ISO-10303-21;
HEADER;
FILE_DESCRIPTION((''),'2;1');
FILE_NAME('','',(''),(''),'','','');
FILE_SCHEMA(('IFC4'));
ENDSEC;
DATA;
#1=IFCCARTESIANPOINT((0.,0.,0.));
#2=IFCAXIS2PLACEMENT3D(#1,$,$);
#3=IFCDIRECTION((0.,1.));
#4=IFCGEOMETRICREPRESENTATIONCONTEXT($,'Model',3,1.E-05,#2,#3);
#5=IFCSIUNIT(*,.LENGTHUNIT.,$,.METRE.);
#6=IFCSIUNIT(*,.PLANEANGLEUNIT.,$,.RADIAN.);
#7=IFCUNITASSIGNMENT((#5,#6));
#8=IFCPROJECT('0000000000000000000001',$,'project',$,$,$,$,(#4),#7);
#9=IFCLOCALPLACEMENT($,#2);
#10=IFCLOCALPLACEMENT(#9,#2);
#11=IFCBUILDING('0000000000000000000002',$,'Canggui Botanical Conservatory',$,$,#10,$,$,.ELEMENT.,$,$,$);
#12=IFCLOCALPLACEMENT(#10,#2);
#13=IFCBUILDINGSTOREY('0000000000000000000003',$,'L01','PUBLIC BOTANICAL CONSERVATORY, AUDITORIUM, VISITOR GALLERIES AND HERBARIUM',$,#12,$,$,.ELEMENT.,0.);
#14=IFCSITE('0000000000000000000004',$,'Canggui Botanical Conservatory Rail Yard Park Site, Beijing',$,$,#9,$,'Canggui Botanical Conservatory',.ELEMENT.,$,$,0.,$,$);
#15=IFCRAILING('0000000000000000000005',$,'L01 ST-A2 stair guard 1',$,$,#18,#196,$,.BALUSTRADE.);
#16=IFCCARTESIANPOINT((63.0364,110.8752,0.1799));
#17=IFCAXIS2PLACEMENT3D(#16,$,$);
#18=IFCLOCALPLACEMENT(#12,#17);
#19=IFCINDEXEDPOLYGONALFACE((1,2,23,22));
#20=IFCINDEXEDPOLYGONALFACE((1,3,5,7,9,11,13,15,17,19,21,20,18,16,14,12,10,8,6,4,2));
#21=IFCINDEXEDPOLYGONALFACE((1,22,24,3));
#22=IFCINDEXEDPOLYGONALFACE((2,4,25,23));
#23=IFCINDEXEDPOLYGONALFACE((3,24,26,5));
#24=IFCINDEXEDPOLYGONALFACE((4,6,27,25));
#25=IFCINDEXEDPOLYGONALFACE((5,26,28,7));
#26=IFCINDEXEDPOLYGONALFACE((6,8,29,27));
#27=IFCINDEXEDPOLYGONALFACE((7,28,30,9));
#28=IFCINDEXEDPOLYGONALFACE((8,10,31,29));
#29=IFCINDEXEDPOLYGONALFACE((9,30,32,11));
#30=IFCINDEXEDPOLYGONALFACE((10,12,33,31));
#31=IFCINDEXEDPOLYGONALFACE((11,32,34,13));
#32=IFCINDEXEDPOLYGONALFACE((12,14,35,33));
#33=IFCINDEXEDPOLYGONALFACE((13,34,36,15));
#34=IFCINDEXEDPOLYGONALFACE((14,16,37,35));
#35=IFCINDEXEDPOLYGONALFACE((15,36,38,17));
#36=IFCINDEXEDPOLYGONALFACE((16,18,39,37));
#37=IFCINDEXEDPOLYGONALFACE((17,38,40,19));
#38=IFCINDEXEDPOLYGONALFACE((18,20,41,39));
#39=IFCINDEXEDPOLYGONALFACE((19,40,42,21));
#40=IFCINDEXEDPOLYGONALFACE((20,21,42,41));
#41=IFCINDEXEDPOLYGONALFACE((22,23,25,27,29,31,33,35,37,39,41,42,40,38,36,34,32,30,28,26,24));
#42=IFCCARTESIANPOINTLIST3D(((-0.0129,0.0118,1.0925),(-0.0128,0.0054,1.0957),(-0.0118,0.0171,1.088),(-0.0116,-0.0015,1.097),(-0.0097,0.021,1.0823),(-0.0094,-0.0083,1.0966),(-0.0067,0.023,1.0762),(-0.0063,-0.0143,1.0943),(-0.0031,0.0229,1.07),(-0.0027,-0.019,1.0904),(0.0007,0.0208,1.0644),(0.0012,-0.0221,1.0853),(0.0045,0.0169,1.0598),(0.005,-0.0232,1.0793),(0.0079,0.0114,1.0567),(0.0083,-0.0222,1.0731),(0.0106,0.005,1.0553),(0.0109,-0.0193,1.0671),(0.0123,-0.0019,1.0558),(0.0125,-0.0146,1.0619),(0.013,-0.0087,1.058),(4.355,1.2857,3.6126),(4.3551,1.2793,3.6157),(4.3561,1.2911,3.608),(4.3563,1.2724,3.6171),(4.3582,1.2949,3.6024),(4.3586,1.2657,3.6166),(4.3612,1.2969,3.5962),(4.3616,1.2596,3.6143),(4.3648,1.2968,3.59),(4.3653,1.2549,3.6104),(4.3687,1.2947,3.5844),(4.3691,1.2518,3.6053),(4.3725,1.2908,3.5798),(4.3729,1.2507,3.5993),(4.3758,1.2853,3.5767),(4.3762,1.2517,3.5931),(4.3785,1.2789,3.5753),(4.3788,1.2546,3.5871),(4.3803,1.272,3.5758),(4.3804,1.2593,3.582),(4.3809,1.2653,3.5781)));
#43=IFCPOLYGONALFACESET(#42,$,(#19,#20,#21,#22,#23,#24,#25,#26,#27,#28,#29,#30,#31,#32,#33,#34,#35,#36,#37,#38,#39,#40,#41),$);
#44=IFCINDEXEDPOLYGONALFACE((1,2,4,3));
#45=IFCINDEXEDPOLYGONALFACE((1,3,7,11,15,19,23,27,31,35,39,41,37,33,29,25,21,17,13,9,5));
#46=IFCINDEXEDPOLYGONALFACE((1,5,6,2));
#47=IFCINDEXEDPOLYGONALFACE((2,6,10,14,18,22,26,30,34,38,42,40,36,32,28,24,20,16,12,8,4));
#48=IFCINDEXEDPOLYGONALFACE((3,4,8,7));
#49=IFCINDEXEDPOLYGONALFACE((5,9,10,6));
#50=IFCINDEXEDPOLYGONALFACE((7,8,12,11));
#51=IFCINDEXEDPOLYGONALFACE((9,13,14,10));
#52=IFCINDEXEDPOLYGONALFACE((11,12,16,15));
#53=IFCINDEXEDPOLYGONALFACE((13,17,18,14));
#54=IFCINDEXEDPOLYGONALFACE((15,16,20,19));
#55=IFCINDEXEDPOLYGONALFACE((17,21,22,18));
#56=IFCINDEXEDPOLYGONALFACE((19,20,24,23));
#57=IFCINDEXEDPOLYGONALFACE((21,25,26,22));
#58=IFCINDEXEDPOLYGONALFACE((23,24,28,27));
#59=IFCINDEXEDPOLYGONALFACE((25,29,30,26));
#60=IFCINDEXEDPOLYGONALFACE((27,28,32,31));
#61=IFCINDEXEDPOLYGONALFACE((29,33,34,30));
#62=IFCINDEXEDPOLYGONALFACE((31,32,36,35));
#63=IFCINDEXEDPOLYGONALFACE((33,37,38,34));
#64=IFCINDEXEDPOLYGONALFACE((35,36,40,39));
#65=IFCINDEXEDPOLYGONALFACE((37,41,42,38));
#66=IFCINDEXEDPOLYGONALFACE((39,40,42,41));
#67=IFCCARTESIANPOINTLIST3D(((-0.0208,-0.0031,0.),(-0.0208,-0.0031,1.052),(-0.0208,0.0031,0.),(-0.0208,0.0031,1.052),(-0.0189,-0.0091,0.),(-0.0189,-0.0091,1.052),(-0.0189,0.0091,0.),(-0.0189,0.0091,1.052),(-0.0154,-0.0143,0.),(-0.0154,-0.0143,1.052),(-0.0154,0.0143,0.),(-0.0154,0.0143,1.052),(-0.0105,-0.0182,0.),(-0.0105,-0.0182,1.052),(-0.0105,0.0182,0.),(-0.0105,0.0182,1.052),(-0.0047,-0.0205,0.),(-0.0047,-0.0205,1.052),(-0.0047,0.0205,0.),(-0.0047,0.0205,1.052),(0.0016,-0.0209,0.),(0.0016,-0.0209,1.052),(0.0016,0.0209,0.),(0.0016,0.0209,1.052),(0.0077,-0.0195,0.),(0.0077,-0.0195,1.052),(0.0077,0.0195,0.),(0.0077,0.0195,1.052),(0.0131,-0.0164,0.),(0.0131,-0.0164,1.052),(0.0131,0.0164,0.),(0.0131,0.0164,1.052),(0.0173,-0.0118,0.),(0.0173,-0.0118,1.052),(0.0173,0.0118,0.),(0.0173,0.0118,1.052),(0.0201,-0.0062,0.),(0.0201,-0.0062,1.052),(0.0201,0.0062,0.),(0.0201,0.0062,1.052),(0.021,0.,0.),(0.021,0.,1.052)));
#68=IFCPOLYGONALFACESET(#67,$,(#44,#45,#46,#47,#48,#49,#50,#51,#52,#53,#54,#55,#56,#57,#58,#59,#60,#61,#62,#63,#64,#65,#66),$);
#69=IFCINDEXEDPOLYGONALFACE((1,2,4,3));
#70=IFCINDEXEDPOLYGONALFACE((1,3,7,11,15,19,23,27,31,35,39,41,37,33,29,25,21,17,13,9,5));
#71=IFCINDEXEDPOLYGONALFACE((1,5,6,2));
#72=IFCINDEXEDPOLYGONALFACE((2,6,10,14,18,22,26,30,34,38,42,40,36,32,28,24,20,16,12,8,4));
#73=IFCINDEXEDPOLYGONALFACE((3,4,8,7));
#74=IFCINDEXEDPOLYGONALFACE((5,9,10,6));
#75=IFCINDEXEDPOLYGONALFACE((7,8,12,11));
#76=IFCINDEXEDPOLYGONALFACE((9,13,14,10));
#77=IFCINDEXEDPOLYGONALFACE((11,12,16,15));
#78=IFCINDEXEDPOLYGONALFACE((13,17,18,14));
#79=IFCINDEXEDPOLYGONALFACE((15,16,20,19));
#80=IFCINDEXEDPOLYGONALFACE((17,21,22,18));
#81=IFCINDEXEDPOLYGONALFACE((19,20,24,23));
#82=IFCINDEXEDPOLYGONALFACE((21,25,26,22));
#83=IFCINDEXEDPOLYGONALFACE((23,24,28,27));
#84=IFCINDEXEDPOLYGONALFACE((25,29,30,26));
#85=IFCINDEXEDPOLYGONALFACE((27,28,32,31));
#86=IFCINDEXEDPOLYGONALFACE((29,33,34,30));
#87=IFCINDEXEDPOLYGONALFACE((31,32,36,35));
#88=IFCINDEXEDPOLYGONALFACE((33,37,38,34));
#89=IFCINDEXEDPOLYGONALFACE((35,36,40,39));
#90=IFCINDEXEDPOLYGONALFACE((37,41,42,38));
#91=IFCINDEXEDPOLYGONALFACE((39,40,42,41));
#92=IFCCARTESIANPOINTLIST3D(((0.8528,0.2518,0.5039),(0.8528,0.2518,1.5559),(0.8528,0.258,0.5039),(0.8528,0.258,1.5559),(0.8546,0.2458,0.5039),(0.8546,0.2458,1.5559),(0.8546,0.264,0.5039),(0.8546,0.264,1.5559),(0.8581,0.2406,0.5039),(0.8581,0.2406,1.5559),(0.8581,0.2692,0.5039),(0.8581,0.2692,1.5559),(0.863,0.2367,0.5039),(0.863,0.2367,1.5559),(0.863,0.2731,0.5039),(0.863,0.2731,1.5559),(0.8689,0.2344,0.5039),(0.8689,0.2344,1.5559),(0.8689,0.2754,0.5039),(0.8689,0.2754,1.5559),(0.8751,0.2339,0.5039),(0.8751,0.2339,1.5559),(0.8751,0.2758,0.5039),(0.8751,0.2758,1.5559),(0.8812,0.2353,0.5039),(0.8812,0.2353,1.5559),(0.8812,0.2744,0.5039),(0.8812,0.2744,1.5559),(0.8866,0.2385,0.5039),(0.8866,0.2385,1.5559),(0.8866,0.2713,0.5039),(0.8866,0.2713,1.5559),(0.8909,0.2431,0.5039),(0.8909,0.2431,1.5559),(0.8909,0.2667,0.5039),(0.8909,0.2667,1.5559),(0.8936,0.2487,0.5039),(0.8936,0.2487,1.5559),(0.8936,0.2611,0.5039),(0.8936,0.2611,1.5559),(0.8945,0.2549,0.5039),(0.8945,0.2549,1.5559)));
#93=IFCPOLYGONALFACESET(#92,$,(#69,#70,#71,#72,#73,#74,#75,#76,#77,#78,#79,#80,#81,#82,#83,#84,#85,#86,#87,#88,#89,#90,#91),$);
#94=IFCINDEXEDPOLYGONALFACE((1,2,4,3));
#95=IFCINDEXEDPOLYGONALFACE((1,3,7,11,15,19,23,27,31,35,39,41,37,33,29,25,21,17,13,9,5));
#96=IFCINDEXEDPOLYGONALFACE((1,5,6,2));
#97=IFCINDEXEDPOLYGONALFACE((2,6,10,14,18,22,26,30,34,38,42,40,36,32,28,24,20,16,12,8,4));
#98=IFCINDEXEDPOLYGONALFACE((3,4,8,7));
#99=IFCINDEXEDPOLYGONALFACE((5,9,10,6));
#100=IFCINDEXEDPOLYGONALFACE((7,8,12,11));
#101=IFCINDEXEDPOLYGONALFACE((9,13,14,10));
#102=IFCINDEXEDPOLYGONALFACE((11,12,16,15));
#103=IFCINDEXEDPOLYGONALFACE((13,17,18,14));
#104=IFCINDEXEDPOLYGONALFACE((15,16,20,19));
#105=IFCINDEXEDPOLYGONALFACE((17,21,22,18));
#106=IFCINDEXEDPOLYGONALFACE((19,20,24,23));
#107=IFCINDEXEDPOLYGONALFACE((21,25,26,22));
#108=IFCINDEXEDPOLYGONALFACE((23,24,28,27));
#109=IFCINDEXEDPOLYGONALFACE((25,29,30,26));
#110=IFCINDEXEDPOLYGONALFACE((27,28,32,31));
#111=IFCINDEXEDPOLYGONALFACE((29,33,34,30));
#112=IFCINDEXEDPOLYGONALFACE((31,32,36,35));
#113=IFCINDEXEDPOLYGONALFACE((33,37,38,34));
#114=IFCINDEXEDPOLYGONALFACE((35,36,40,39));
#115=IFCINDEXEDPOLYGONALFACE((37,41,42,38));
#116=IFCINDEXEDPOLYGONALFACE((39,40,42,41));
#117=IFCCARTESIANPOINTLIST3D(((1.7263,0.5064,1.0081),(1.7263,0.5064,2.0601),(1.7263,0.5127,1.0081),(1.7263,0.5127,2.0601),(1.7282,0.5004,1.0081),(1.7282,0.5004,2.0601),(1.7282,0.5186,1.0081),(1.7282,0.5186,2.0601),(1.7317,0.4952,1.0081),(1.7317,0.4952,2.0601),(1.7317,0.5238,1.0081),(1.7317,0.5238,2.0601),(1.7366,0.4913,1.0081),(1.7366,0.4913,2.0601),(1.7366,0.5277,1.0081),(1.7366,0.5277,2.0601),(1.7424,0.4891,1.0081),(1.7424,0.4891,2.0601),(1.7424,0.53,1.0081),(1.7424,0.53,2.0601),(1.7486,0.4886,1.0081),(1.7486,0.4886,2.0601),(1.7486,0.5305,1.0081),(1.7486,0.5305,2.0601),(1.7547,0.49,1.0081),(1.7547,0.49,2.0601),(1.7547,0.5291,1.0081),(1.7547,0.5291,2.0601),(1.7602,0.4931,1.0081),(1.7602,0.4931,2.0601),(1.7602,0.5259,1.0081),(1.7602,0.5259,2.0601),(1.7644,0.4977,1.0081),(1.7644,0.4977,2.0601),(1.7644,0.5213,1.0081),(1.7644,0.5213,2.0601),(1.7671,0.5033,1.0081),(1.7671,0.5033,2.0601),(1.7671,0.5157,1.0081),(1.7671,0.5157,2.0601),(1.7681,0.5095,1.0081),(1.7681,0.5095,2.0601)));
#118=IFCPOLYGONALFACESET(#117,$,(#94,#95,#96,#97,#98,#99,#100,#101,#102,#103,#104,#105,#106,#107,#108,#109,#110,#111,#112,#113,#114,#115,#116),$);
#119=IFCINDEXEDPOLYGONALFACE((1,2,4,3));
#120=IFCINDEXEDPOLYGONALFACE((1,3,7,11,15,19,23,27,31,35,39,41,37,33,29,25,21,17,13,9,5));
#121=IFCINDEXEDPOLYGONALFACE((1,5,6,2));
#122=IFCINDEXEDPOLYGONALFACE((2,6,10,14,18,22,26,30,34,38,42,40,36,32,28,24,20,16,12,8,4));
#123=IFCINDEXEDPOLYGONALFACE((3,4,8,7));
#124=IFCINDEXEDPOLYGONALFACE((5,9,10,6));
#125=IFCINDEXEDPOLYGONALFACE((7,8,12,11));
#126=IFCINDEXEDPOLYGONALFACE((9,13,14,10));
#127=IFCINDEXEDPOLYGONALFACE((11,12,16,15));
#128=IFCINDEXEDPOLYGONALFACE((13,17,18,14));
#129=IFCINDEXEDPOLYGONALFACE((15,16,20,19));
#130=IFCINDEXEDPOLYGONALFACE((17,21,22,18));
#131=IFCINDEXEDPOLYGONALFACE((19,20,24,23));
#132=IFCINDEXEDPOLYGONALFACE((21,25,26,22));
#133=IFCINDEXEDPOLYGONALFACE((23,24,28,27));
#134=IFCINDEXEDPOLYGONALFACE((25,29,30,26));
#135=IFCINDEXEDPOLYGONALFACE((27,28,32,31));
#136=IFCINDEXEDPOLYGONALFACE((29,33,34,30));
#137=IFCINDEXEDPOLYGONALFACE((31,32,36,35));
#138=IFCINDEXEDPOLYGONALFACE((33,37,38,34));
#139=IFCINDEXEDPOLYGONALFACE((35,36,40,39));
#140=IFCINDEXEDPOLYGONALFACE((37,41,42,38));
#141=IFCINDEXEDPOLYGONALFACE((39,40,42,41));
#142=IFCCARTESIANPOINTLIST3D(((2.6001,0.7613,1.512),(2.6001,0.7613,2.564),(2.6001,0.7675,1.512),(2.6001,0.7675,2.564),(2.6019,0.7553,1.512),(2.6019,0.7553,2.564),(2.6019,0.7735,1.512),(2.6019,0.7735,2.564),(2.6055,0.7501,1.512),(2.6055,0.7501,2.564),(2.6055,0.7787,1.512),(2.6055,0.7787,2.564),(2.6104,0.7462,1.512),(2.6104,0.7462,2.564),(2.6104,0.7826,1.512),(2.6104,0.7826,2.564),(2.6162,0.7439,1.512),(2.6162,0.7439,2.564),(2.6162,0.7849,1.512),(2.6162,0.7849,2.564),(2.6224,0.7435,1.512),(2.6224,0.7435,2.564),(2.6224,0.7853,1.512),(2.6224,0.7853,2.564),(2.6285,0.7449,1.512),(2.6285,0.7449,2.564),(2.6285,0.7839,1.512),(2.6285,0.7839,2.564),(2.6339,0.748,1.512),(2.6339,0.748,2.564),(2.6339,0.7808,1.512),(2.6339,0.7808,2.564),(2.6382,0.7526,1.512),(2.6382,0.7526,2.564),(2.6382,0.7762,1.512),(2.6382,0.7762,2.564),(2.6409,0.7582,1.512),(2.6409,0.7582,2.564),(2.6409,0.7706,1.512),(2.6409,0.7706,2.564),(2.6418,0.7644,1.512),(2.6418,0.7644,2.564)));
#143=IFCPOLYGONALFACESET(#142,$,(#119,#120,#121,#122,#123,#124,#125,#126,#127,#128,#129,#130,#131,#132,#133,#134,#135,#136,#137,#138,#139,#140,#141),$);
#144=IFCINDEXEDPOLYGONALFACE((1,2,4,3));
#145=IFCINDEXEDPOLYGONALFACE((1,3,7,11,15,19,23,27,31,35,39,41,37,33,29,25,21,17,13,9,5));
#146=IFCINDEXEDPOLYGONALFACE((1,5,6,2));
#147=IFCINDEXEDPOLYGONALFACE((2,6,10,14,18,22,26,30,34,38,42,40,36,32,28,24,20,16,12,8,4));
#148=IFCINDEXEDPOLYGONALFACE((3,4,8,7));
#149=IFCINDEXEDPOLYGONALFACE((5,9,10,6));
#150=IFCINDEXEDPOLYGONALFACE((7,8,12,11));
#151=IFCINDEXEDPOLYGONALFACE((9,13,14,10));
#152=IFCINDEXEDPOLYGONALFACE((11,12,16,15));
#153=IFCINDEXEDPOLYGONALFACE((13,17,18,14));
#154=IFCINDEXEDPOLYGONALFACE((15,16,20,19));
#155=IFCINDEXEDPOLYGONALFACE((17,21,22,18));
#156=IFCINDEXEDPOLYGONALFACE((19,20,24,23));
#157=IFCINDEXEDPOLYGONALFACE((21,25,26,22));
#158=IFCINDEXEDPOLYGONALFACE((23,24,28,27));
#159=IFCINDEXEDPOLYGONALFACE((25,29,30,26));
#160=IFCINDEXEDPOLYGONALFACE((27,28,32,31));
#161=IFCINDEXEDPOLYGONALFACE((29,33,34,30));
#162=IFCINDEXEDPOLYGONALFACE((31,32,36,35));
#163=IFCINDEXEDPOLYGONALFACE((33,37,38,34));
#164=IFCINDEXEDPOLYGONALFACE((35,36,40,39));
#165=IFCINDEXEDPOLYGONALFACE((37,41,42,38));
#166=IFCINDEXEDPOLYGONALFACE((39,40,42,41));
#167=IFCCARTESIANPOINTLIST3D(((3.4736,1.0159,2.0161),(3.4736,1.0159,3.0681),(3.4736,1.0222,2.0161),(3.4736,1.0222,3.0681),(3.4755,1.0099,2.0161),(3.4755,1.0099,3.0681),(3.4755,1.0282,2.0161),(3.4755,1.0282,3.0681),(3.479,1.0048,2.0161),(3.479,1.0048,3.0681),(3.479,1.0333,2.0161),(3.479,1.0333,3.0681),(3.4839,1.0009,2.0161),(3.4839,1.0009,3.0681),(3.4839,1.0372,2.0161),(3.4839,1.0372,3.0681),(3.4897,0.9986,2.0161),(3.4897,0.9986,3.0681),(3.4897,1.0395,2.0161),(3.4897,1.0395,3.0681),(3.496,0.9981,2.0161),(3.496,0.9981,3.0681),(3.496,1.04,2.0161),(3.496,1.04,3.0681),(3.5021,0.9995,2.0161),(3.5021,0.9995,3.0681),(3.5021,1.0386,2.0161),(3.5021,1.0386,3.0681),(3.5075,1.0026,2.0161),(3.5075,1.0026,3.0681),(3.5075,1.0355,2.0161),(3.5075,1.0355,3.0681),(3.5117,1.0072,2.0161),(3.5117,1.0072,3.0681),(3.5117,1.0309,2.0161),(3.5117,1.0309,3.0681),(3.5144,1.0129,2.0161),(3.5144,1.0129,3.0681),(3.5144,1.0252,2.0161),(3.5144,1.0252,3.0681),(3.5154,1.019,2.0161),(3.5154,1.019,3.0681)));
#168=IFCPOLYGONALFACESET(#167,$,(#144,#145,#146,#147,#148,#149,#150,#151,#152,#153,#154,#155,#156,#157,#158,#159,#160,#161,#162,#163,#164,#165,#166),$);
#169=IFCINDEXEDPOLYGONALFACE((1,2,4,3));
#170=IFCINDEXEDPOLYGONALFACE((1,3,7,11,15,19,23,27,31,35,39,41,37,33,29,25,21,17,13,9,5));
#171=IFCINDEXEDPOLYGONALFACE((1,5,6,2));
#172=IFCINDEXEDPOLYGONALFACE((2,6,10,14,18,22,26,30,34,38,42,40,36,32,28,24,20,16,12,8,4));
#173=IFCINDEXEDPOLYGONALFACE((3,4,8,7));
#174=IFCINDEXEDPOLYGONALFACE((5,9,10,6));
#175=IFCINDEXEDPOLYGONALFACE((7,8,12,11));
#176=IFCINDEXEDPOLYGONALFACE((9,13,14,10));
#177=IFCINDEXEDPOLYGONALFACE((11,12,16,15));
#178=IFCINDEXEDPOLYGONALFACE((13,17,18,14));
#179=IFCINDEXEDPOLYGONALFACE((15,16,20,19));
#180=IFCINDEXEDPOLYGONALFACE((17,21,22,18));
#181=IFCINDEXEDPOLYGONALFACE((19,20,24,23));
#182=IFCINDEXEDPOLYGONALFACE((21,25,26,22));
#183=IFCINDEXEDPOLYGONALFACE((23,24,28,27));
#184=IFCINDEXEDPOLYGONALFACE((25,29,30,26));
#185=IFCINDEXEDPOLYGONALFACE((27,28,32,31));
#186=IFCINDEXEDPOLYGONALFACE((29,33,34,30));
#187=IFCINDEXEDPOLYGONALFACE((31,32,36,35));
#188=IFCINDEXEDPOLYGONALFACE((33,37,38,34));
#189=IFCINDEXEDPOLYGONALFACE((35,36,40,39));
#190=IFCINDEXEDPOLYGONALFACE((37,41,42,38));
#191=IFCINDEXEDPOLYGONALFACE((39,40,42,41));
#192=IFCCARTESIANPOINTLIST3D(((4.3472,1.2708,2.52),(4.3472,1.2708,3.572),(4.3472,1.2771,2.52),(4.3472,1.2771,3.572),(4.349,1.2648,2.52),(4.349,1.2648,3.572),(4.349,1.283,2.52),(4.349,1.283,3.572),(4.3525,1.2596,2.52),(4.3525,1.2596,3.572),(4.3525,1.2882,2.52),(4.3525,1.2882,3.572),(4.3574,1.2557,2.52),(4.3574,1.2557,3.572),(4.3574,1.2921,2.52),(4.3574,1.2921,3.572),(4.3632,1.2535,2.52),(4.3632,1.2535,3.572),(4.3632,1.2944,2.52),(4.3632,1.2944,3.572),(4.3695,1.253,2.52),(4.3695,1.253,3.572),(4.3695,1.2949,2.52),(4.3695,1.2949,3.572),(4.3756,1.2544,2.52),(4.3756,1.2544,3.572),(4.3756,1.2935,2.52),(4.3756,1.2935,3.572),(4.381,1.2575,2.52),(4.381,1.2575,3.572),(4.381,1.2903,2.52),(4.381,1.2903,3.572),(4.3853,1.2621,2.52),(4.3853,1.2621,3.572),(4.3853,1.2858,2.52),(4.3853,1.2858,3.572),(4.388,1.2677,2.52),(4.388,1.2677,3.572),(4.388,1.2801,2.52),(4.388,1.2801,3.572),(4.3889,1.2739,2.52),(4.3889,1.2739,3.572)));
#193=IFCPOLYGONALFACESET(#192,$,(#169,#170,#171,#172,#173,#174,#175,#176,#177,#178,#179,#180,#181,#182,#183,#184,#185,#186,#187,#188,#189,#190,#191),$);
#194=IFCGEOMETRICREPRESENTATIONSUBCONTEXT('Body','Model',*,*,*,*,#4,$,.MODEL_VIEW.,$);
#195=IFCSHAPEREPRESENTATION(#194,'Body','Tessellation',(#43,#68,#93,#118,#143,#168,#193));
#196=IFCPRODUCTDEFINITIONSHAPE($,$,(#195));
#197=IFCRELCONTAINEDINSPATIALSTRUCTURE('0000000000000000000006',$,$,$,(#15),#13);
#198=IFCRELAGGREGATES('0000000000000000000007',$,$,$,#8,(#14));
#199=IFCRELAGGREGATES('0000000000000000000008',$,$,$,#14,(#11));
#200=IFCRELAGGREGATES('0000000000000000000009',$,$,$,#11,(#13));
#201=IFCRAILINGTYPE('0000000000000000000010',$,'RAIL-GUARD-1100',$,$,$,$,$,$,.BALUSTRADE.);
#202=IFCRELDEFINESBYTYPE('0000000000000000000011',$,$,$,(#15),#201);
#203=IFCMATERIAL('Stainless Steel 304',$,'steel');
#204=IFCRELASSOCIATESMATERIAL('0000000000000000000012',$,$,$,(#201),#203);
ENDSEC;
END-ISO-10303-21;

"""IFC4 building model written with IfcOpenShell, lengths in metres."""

from ifc_helpers import new_model, si_unit, direction, frame, origin, origin_2d, place, context, subcontext, project, spatial, circle, extrude, material, type_object, element, save


model = new_model("IFC4")

# Units and contexts
model_context = context("Model", 3, precision=1e-05, world=origin(), true_north=direction((0.0, 1.0)))
body_context = subcontext(model_context, "Body", "Model", "MODEL_VIEW")
ifc_project = project(units=[si_unit("LENGTHUNIT", "METRE"), si_unit("PLANEANGLEUNIT", "RADIAN")], contexts=[model_context])

# Site, building, storey
site_placement = place(None, origin())
site = spatial("IfcSite", under=ifc_project, at=site_placement, Name="Canggui Botanical Conservatory Rail Yard Park Site, Beijing", LongName="Canggui Botanical Conservatory", CompositionType="ELEMENT", RefElevation=0.0)
building_placement = place(site_placement, origin())
building = spatial("IfcBuilding", under=site, at=building_placement, Name="Canggui Botanical Conservatory", CompositionType="ELEMENT")
storey_placement = place(building_placement, origin())
storey = spatial("IfcBuildingStorey", under=building, at=storey_placement, Name="L01", Description="PUBLIC BOTANICAL CONSERVATORY, AUDITORIUM, VISITOR GALLERIES AND HERBARIUM", CompositionType="ELEMENT", Elevation=0.0)

# Railing
ifc_material_1 = material(Name="Stainless Steel 304", Category="steel")
railing_type_1 = type_object("IfcRailingType", Name="RAIL-GUARD-1100", PredefinedType="BALUSTRADE", material=ifc_material_1)
railing_1_placement = place(storey_placement, frame((63.0364, 110.8752, 0.1799)))
element("IfcRailing", 1, at=railing_1_placement, inside=storey, type_object=railing_type_1, Name="L01 ST-A2 stair guard 1", PredefinedType="BALUSTRADE", context=body_context, shape_type="SweptSolid", body=[
    extrude(circle(Radius=0.0239, at=origin_2d()), frame((0.0, 0.0, 1.0762), z_axis=(0.839797, 0.244931, 0.484511), x_axis=(-0.27999, 0.960003, 0.0)), (0.0, 0.0, 1.0), 5.2012),
    extrude(circle(Radius=0.021, at=origin_2d()), origin(), (0.0, 0.0, 1.0), 1.052),
    extrude(circle(Radius=0.021, at=origin_2d()), frame((0.8735, 0.2549, 0.5039)), (0.0, 0.0, 1.0), 1.052),
    extrude(circle(Radius=0.021, at=origin_2d()), frame((1.7471, 0.5095, 1.0081)), (0.0, 0.0, 1.0), 1.052),
    extrude(circle(Radius=0.021, at=origin_2d()), frame((2.6208, 0.7644, 1.512)), (0.0, 0.0, 1.0), 1.052),
    extrude(circle(Radius=0.021, at=origin_2d()), frame((3.4944, 1.019, 2.0161)), (0.0, 0.0, 1.0), 1.052),
    extrude(circle(Radius=0.021, at=origin_2d()), frame((4.3679, 1.2739, 2.52)), (0.0, 0.0, 1.0), 1.052),
])

save(model, "model.ifc")
